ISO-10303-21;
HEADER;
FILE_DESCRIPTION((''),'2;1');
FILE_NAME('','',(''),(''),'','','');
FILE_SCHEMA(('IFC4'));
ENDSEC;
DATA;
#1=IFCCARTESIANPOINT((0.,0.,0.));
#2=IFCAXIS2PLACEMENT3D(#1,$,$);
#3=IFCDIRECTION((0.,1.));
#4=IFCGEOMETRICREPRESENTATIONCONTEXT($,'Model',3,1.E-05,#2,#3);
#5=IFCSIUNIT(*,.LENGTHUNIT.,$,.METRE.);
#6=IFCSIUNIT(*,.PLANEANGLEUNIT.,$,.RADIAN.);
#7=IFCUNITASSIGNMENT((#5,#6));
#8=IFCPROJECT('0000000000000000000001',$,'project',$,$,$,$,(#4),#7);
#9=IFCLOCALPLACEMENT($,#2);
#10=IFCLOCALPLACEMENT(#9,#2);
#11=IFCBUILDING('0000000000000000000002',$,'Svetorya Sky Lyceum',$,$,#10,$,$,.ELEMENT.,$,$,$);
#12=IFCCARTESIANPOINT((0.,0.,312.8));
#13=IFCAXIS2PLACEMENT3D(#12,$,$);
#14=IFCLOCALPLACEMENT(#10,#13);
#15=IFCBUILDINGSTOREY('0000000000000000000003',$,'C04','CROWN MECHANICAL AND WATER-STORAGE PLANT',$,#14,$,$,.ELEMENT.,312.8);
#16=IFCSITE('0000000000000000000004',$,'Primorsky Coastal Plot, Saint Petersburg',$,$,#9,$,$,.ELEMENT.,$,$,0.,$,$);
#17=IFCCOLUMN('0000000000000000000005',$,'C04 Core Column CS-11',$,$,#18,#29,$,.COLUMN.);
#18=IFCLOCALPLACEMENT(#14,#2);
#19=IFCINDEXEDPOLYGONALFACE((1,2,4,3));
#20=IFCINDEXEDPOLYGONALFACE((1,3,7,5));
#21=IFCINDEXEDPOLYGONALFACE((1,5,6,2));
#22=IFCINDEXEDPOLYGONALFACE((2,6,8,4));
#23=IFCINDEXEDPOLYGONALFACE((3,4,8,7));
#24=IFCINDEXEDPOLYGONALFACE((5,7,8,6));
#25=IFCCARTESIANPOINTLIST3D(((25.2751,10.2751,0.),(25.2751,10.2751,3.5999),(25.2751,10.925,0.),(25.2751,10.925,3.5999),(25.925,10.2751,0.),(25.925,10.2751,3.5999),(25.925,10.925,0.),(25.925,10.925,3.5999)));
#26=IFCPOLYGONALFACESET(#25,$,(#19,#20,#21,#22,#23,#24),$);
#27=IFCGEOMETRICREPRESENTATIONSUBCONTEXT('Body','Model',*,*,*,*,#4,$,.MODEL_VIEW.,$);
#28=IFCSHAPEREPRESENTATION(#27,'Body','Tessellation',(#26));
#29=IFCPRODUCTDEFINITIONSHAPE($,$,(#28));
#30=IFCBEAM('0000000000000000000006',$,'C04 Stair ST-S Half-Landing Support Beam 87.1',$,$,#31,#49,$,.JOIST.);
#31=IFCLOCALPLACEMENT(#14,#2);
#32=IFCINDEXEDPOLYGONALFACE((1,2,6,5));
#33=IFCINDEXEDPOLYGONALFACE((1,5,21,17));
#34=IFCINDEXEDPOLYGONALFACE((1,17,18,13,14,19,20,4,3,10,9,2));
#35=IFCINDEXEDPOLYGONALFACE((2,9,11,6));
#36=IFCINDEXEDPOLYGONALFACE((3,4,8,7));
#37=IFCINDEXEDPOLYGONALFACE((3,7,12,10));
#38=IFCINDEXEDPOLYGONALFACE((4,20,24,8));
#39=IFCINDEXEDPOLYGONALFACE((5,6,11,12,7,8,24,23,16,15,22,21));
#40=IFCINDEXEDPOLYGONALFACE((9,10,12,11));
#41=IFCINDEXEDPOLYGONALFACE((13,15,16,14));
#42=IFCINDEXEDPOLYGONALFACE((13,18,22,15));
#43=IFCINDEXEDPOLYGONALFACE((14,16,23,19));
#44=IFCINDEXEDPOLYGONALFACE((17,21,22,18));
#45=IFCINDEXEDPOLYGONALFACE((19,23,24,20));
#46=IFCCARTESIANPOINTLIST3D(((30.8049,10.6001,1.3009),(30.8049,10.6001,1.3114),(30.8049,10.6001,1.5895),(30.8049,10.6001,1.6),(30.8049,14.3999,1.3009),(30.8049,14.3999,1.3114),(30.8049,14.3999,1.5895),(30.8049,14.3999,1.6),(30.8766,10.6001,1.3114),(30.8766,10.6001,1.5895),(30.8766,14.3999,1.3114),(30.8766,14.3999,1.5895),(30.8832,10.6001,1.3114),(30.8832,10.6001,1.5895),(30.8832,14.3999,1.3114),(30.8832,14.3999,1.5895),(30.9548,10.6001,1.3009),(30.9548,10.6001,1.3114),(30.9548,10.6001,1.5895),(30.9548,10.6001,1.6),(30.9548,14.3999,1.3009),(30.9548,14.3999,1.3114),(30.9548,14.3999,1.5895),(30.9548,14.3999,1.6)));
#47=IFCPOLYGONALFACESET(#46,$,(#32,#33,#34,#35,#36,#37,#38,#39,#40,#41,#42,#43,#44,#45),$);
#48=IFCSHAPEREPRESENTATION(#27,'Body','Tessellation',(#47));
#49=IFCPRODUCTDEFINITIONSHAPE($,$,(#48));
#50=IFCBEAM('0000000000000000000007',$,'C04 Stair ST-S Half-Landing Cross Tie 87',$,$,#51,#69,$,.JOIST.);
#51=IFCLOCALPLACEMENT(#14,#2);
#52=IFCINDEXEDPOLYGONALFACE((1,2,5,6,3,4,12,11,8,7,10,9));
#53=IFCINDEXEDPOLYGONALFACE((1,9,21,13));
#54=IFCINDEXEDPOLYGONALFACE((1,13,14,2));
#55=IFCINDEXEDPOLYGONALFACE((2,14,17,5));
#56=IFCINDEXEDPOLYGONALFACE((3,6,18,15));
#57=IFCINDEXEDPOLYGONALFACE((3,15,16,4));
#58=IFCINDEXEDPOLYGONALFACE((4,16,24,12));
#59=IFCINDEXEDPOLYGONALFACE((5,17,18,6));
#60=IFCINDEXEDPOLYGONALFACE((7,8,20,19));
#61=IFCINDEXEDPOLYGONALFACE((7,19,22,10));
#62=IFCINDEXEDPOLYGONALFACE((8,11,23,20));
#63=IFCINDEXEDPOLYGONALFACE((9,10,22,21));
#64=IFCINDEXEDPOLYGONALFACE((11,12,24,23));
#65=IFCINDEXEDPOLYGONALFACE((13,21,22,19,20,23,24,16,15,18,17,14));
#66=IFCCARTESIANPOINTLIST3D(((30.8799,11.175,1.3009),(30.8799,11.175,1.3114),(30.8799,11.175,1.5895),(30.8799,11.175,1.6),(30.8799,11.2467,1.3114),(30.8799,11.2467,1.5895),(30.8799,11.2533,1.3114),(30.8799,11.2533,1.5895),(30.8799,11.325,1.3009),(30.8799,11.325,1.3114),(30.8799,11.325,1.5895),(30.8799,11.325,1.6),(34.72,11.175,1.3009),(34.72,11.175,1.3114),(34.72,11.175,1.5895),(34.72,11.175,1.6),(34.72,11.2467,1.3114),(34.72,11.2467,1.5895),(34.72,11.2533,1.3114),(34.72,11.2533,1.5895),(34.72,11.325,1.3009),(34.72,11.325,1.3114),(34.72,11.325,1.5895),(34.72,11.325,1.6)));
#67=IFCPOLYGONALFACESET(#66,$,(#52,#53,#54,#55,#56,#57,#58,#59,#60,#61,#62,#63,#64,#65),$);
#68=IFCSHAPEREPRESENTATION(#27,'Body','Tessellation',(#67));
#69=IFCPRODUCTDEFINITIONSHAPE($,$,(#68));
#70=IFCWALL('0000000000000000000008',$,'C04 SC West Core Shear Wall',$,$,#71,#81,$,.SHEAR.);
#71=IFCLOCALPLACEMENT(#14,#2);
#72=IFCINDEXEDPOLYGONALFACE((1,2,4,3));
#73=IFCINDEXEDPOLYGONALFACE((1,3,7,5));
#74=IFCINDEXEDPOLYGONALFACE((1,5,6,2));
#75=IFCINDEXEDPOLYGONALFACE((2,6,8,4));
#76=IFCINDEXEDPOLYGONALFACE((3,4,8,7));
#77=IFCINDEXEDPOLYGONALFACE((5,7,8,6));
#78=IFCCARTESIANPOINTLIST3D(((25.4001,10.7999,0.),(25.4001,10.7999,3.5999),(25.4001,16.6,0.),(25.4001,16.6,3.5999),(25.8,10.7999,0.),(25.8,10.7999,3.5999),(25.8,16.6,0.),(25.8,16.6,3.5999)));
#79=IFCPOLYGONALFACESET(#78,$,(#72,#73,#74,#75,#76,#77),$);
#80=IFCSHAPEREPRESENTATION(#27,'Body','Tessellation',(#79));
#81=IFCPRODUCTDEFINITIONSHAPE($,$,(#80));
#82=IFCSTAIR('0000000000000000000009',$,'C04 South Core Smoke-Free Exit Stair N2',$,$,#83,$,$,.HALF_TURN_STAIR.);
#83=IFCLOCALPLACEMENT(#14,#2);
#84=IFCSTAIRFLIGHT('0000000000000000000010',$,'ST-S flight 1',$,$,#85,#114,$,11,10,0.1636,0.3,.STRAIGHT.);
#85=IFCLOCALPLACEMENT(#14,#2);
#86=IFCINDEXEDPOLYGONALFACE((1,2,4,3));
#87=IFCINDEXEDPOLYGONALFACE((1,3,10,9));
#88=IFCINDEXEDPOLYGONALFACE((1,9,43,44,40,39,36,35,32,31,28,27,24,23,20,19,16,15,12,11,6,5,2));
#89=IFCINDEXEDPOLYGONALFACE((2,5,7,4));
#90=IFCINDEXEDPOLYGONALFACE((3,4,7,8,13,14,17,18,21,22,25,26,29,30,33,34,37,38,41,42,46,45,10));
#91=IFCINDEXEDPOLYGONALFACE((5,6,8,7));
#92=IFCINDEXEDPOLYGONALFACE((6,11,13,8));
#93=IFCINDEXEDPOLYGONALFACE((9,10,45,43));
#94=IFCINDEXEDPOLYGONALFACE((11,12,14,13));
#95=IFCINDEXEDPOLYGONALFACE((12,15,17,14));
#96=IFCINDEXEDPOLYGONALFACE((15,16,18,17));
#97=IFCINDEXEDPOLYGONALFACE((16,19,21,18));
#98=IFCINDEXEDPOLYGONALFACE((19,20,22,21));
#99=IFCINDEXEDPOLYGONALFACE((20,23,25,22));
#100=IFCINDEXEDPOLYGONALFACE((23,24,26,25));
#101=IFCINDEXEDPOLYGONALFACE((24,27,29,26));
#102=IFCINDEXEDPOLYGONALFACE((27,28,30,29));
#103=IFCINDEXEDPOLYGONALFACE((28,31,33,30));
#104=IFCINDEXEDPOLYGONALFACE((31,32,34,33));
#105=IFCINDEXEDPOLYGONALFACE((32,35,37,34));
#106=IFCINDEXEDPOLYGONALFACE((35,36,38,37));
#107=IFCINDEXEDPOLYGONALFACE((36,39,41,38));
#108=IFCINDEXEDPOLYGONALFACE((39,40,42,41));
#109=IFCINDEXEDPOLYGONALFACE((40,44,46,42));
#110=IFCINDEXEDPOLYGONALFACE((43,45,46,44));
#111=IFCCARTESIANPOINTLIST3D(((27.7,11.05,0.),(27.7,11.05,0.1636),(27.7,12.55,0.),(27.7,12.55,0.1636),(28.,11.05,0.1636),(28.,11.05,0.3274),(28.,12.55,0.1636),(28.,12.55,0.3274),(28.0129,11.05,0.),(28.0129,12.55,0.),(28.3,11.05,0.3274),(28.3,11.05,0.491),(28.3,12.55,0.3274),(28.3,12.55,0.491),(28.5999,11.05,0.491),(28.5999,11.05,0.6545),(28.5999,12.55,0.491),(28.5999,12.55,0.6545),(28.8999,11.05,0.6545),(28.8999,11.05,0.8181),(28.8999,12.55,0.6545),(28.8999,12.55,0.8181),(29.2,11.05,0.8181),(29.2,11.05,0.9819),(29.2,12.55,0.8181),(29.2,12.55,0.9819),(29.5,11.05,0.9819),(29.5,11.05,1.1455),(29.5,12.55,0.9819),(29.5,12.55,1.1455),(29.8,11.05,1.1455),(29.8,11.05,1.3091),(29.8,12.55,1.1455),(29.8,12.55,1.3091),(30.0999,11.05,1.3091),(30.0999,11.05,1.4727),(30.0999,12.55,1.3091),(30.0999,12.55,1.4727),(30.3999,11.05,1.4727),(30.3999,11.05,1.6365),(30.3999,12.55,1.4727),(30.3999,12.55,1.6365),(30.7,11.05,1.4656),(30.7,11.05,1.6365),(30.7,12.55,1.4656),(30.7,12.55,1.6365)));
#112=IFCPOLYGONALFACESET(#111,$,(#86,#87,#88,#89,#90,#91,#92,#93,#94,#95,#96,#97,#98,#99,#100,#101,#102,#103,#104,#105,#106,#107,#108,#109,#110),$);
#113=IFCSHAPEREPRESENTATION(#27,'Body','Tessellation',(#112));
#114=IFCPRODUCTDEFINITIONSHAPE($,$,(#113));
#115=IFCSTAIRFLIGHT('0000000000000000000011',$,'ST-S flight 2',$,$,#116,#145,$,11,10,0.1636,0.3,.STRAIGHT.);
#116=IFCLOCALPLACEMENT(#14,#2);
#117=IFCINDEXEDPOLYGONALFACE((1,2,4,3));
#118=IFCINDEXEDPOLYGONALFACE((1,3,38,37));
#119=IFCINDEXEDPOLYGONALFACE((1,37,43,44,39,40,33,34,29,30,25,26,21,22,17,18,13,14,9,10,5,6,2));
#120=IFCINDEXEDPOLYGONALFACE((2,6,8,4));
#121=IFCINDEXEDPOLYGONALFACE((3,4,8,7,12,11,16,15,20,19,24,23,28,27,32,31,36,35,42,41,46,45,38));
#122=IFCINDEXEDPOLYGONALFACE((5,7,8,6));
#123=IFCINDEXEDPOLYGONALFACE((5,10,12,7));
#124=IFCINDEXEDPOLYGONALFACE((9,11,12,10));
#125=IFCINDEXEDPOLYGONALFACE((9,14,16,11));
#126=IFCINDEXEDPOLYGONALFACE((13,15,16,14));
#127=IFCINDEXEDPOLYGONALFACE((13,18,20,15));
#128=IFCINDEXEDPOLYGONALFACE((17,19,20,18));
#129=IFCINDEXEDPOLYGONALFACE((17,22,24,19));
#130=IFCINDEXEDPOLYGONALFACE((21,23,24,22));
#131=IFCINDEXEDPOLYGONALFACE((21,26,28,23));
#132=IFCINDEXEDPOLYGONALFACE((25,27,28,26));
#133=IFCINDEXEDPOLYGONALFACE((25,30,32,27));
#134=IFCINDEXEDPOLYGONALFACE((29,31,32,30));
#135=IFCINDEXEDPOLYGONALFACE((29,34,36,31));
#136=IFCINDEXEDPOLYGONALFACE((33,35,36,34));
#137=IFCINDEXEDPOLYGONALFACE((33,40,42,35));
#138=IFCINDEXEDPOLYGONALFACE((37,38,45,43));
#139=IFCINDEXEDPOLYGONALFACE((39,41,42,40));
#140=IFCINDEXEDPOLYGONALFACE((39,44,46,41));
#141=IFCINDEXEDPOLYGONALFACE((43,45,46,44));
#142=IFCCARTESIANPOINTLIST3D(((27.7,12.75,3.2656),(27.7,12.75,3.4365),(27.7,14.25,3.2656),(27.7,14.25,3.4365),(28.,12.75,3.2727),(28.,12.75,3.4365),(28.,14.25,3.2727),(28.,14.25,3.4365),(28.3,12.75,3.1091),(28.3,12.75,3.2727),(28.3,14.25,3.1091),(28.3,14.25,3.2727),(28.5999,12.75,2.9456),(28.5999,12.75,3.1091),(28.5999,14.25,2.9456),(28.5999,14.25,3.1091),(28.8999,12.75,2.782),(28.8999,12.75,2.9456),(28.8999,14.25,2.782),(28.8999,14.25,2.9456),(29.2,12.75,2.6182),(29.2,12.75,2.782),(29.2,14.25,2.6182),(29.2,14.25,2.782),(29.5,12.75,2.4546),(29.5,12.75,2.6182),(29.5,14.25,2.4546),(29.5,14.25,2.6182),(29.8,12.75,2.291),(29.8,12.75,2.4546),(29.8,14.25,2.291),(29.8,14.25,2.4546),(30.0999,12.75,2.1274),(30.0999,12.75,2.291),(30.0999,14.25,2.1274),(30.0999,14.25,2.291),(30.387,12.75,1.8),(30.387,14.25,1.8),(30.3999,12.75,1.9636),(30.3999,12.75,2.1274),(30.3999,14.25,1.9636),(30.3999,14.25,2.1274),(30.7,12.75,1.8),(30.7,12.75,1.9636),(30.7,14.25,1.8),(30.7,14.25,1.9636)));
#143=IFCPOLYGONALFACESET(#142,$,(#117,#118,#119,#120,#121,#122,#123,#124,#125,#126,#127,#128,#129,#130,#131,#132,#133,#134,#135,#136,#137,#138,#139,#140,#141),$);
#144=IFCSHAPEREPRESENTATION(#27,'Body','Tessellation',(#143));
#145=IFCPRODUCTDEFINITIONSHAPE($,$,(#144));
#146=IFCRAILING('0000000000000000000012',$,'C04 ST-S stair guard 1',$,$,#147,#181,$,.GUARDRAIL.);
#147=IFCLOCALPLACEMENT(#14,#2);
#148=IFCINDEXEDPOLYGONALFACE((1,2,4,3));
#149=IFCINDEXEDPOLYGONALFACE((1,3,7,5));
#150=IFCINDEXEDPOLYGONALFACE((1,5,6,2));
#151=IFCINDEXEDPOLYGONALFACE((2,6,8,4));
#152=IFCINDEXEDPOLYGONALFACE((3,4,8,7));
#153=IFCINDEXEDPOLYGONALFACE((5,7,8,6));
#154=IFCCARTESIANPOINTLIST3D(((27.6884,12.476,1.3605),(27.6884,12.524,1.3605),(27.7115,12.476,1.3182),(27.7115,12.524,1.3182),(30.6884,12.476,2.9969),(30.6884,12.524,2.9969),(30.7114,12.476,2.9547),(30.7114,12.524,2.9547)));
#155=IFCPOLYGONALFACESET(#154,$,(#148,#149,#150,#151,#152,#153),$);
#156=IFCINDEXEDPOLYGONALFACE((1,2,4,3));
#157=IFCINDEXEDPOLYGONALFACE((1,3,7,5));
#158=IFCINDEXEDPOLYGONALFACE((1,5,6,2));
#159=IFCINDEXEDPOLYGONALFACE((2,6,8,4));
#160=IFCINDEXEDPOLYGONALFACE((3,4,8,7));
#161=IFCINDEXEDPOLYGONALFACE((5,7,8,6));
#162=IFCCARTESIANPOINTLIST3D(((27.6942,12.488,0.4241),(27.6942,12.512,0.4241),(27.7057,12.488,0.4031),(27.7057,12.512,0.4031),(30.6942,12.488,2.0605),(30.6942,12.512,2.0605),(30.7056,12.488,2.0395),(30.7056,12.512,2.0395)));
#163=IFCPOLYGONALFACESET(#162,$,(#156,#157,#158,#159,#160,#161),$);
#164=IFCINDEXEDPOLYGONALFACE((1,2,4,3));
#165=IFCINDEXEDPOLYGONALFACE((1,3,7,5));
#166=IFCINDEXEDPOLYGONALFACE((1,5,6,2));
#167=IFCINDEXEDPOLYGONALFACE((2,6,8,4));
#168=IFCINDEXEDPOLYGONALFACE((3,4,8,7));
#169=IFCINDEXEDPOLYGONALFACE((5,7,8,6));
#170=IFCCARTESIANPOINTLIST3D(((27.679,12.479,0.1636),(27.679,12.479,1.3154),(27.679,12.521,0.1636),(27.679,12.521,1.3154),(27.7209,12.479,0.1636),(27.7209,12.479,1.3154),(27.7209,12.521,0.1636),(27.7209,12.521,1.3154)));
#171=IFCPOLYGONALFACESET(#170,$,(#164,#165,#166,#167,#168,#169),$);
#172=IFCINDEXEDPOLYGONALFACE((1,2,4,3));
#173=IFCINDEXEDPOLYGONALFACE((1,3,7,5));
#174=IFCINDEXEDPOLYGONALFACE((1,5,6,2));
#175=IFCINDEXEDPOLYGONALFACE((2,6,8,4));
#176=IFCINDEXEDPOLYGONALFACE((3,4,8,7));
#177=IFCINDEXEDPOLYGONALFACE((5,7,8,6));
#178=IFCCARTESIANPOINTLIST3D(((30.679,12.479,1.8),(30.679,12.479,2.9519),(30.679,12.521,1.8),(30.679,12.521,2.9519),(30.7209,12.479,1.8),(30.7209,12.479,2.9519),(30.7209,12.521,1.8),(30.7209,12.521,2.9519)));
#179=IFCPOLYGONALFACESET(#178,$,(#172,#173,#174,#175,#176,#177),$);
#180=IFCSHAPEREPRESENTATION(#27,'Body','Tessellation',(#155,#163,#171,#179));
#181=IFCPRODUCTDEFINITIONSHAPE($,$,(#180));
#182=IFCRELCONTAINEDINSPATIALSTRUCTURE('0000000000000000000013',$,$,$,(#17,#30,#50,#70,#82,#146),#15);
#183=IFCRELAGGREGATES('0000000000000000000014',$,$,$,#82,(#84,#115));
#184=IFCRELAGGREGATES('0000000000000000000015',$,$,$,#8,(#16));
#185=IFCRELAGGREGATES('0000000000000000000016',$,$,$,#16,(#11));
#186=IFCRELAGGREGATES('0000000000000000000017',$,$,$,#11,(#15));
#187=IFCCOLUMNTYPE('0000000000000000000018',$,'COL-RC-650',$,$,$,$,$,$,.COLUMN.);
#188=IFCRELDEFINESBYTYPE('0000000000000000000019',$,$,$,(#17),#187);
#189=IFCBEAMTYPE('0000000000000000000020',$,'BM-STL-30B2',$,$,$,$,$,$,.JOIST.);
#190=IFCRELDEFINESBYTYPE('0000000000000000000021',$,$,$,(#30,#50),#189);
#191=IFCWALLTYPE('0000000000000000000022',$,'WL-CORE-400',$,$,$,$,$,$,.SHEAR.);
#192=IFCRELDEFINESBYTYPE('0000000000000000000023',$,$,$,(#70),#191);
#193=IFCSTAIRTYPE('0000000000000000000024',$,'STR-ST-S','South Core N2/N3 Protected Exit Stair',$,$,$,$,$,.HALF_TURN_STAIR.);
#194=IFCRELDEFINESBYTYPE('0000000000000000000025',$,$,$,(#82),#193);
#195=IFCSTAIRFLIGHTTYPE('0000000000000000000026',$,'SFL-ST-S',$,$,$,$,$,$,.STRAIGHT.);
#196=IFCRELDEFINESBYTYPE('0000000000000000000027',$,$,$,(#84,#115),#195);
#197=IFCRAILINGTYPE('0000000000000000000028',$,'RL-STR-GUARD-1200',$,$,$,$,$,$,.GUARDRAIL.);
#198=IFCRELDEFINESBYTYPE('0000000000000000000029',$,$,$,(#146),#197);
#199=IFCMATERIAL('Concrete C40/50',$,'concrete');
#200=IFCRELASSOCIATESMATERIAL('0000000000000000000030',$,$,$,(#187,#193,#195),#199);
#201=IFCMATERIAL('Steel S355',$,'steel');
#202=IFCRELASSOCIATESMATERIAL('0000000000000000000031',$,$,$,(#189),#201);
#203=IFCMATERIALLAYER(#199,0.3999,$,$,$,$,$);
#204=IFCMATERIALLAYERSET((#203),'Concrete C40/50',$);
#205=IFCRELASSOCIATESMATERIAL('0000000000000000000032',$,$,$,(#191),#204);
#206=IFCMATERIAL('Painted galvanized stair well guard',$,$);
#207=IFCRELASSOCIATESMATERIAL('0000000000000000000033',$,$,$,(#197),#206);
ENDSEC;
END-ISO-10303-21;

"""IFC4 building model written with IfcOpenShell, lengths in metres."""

from ifc_helpers import new_model, si_unit, direction, frame, frame_2d, origin, origin_2d, place, context, subcontext, project, spatial, polyline, rectangle, i_section, outline, extrude, material, layer, layer_set, material_profile, profile_set, type_object, element, aggregate, save


model = new_model("IFC4")

# Units and contexts
model_context = context("Model", 3, precision=1e-05, world=origin(), true_north=direction((0.0, 1.0)))
body_context = subcontext(model_context, "Body", "Model", "MODEL_VIEW")
ifc_project = project(units=[si_unit("LENGTHUNIT", "METRE"), si_unit("PLANEANGLEUNIT", "RADIAN")], contexts=[model_context])

# Site, building, storey
site_placement = place(None, origin())
site = spatial("IfcSite", under=ifc_project, at=site_placement, Name="Primorsky Coastal Plot, Saint Petersburg", CompositionType="ELEMENT", RefElevation=0.0)
building_placement = place(site_placement, origin())
building = spatial("IfcBuilding", under=site, at=building_placement, Name="Svetorya Sky Lyceum", CompositionType="ELEMENT")
storey_placement = place(building_placement, frame((0.0, 0.0, 312.8)))
storey = spatial("IfcBuildingStorey", under=building, at=storey_placement, Name="C04", Description="CROWN MECHANICAL AND WATER-STORAGE PLANT", CompositionType="ELEMENT", Elevation=312.8)

# Column
ifc_material_1 = material(Name="Concrete C40/50", Category="concrete")
ifc_material_profile_1 = material_profile(ifc_material_1, rectangle(XDim=0.6499, YDim=0.6499, at=origin_2d()), Name="RC COL 650x650")
ifc_profile_set_1 = profile_set([ifc_material_profile_1], Name="Concrete C40/50")
column_type = type_object("IfcColumnType", Name="COL-RC-650", PredefinedType="COLUMN", material=ifc_profile_set_1)
column_placement = place(storey_placement, frame((25.6001, 10.6001, 0.0), z_axis=(0.0, 0.0, 1.0), x_axis=(1.0, 0.0, 0.0)))
element("IfcColumn", 1, at=column_placement, inside=storey, type_object=column_type, Name="C04 Core Column CS-11", PredefinedType="COLUMN", context=body_context, shape_type="SweptSolid", body=[
    extrude(rectangle(XDim=0.6499, YDim=0.6499, at=origin_2d()), origin(), (0.0, 0.0, 1.0), 3.5999),
])

# Beams
ifc_material_2 = material(Name="Steel S355", Category="steel")
ifc_material_profile_2 = material_profile(ifc_material_2, i_section(OverallWidth=0.1499, OverallDepth=0.2991, WebThickness=0.0066, FlangeThickness=0.0105, at=origin_2d()), Name="GOST 30B2")
ifc_profile_set_2 = profile_set([ifc_material_profile_2], Name="Steel S355")
beam_type = type_object("IfcBeamType", Name="BM-STL-30B2", PredefinedType="JOIST", material=ifc_profile_set_2)
beam_1_placement = place(storey_placement, frame((30.8799, 10.6001, 1.4504), z_axis=(0.0, 1.0, 0.0), x_axis=(-1.0, 0.0, 0.0)))
element("IfcBeam", 2, at=beam_1_placement, inside=storey, type_object=beam_type, Name="C04 Stair ST-S Half-Landing Support Beam 87.1", PredefinedType="JOIST", context=body_context, shape_type="SweptSolid", body=[
    extrude(i_section(OverallWidth=0.1499, OverallDepth=0.2991, WebThickness=0.0066, FlangeThickness=0.0105, at=origin_2d()), origin(), (0.0, 0.0, 1.0), 3.7998),
])
beam_2_placement = place(storey_placement, frame((30.8799, 11.25, 1.4504), z_axis=(1.0, 0.0, 0.0), x_axis=(0.0, 1.0, 0.0)))
element("IfcBeam", 3, at=beam_2_placement, inside=storey, type_object=beam_type, Name="C04 Stair ST-S Half-Landing Cross Tie 87", PredefinedType="JOIST", context=body_context, shape_type="SweptSolid", body=[
    extrude(i_section(OverallWidth=0.1499, OverallDepth=0.2991, WebThickness=0.0066, FlangeThickness=0.0105, at=origin_2d()), origin(), (0.0, 0.0, 1.0), 3.8401),
])

# Wall
ifc_layer = layer(ifc_material_1, 0.3999)
ifc_layer_set = layer_set([ifc_layer], Name="Concrete C40/50")
wall_type = type_object("IfcWallType", Name="WL-CORE-400", PredefinedType="SHEAR", material=ifc_layer_set)
wall_placement = place(storey_placement, frame((25.6001, 10.8, 0.0), z_axis=(0.0, 0.0, 1.0), x_axis=(0.0, 1.0, 0.0)))
element("IfcWall", 4, at=wall_placement, inside=storey, type_object=wall_type, Name="C04 SC West Core Shear Wall", PredefinedType="SHEAR", context=body_context, shape_type="SweptSolid", body=[
    extrude(rectangle(XDim=5.8, YDim=0.3999, at=frame_2d((2.8999, 0.0))), origin(), (0.0, 0.0, 1.0), 3.5999),
])

# Stair, stair flights
stair_type = type_object("IfcStairType", Name="STR-ST-S", Description="South Core N2/N3 Protected Exit Stair", PredefinedType="HALF_TURN_STAIR", material=ifc_material_1)
stair_placement = place(storey_placement, origin())
stair = element("IfcStair", 5, at=stair_placement, inside=storey, type_object=stair_type, Name="C04 South Core Smoke-Free Exit Stair N2", PredefinedType="HALF_TURN_STAIR")
stair_flight_type = type_object("IfcStairFlightType", Name="SFL-ST-S", PredefinedType="STRAIGHT", material=ifc_material_1)
stair_flight_1_placement = place(storey_placement, frame((27.7, 11.8, 0.0), z_axis=(0.0, 0.0, 1.0), x_axis=(1.0, 0.0, 0.0)))
stair_flight_1 = element("IfcStairFlight", 6, at=stair_flight_1_placement, type_object=stair_flight_type, Name="ST-S flight 1", NumberOfRisers=11, NumberOfTreads=10, PredefinedType="STRAIGHT", RiserHeight=0.1636, TreadLength=0.3, context=body_context, shape_type="SweptSolid", body=[
    extrude(outline(polyline([(0.0, 0.0), (0.0, 0.1636), (0.3, 0.1636), (0.3, 0.3274), (0.6001, 0.3274), (0.6001, 0.491), (0.8999, 0.491), (0.8999, 0.6545), (1.2, 0.6545), (1.2, 0.8181), (1.5, 0.8181), (1.5, 0.9819), (1.8, 0.9819), (1.8, 1.1455), (2.1001, 1.1455), (2.1001, 1.3091), (2.3999, 1.3091), (2.3999, 1.4727), (2.7, 1.4727), (2.7, 1.6365), (3.0, 1.6365), (3.0, 1.8), (3.0, 1.4656), (0.313, 0.0), (0.0, 0.0)])), frame((0.0, 0.75, 0.0), z_axis=(0.0, -1.0, 0.0), x_axis=(1.0, 0.0, 0.0)), (0.0, 0.0, 1.0), 1.5),
])
stair_flight_2_placement = place(storey_placement, frame((30.7, 13.5, 1.8), z_axis=(0.0, 0.0, 1.0), x_axis=(-1.0, 0.0, 0.0)))
stair_flight_2 = element("IfcStairFlight", 7, at=stair_flight_2_placement, type_object=stair_flight_type, Name="ST-S flight 2", NumberOfRisers=11, NumberOfTreads=10, PredefinedType="STRAIGHT", RiserHeight=0.1636, TreadLength=0.3, context=body_context, shape_type="SweptSolid", body=[
    extrude(outline(polyline([(0.0, 0.0), (0.0, 0.1636), (0.3, 0.1636), (0.3, 0.3274), (0.6001, 0.3274), (0.6001, 0.491), (0.8999, 0.491), (0.8999, 0.6545), (1.2, 0.6545), (1.2, 0.8181), (1.5, 0.8181), (1.5, 0.9819), (1.8, 0.9819), (1.8, 1.1455), (2.1001, 1.1455), (2.1001, 1.3091), (2.3999, 1.3091), (2.3999, 1.4727), (2.7, 1.4727), (2.7, 1.6365), (3.0, 1.6365), (3.0, 1.8), (3.0, 1.4656), (0.313, 0.0), (0.0, 0.0)])), frame((0.0, 0.75, 0.0), z_axis=(0.0, -1.0, 0.0), x_axis=(1.0, 0.0, 0.0)), (0.0, 0.0, 1.0), 1.5),
])
aggregate(stair, [stair_flight_1, stair_flight_2])

# Railing
ifc_material_3 = material(Name="Painted galvanized stair well guard")
railing_type_1 = type_object("IfcRailingType", Name="RL-STR-GUARD-1200", PredefinedType="GUARDRAIL", material=ifc_material_3)
railing_1_placement = place(storey_placement, frame((27.7, 12.5, 0.1636)))
element("IfcRailing", 8, at=railing_1_placement, inside=storey, type_object=railing_type_1, Name="C04 ST-S stair guard 1", PredefinedType="GUARDRAIL", context=body_context, shape_type="SweptSolid", body=[
    extrude(rectangle(XDim=0.0481, YDim=0.0481, at=origin_2d()), frame((0.0, 0.0, 1.1758), z_axis=(0.877882, 0.0, 0.478877), x_axis=(0.0, 1.0, 0.0)), (0.0, 0.0, 1.0), 3.4172),
    extrude(rectangle(XDim=0.0239, YDim=0.0239, at=origin_2d()), frame((0.0, 0.0, 0.25), z_axis=(0.877882, 0.0, 0.478877), x_axis=(0.0, 1.0, 0.0)), (0.0, 0.0, 1.0), 3.4172),
    extrude(rectangle(XDim=0.042, YDim=0.042, at=origin_2d()), origin(), (0.0, 0.0, 1.0), 1.1519),
    extrude(rectangle(XDim=0.042, YDim=0.042, at=origin_2d()), frame((3.0, 0.0, 1.6365)), (0.0, 0.0, 1.0), 1.1519),
])

save(model, "model.ifc")
